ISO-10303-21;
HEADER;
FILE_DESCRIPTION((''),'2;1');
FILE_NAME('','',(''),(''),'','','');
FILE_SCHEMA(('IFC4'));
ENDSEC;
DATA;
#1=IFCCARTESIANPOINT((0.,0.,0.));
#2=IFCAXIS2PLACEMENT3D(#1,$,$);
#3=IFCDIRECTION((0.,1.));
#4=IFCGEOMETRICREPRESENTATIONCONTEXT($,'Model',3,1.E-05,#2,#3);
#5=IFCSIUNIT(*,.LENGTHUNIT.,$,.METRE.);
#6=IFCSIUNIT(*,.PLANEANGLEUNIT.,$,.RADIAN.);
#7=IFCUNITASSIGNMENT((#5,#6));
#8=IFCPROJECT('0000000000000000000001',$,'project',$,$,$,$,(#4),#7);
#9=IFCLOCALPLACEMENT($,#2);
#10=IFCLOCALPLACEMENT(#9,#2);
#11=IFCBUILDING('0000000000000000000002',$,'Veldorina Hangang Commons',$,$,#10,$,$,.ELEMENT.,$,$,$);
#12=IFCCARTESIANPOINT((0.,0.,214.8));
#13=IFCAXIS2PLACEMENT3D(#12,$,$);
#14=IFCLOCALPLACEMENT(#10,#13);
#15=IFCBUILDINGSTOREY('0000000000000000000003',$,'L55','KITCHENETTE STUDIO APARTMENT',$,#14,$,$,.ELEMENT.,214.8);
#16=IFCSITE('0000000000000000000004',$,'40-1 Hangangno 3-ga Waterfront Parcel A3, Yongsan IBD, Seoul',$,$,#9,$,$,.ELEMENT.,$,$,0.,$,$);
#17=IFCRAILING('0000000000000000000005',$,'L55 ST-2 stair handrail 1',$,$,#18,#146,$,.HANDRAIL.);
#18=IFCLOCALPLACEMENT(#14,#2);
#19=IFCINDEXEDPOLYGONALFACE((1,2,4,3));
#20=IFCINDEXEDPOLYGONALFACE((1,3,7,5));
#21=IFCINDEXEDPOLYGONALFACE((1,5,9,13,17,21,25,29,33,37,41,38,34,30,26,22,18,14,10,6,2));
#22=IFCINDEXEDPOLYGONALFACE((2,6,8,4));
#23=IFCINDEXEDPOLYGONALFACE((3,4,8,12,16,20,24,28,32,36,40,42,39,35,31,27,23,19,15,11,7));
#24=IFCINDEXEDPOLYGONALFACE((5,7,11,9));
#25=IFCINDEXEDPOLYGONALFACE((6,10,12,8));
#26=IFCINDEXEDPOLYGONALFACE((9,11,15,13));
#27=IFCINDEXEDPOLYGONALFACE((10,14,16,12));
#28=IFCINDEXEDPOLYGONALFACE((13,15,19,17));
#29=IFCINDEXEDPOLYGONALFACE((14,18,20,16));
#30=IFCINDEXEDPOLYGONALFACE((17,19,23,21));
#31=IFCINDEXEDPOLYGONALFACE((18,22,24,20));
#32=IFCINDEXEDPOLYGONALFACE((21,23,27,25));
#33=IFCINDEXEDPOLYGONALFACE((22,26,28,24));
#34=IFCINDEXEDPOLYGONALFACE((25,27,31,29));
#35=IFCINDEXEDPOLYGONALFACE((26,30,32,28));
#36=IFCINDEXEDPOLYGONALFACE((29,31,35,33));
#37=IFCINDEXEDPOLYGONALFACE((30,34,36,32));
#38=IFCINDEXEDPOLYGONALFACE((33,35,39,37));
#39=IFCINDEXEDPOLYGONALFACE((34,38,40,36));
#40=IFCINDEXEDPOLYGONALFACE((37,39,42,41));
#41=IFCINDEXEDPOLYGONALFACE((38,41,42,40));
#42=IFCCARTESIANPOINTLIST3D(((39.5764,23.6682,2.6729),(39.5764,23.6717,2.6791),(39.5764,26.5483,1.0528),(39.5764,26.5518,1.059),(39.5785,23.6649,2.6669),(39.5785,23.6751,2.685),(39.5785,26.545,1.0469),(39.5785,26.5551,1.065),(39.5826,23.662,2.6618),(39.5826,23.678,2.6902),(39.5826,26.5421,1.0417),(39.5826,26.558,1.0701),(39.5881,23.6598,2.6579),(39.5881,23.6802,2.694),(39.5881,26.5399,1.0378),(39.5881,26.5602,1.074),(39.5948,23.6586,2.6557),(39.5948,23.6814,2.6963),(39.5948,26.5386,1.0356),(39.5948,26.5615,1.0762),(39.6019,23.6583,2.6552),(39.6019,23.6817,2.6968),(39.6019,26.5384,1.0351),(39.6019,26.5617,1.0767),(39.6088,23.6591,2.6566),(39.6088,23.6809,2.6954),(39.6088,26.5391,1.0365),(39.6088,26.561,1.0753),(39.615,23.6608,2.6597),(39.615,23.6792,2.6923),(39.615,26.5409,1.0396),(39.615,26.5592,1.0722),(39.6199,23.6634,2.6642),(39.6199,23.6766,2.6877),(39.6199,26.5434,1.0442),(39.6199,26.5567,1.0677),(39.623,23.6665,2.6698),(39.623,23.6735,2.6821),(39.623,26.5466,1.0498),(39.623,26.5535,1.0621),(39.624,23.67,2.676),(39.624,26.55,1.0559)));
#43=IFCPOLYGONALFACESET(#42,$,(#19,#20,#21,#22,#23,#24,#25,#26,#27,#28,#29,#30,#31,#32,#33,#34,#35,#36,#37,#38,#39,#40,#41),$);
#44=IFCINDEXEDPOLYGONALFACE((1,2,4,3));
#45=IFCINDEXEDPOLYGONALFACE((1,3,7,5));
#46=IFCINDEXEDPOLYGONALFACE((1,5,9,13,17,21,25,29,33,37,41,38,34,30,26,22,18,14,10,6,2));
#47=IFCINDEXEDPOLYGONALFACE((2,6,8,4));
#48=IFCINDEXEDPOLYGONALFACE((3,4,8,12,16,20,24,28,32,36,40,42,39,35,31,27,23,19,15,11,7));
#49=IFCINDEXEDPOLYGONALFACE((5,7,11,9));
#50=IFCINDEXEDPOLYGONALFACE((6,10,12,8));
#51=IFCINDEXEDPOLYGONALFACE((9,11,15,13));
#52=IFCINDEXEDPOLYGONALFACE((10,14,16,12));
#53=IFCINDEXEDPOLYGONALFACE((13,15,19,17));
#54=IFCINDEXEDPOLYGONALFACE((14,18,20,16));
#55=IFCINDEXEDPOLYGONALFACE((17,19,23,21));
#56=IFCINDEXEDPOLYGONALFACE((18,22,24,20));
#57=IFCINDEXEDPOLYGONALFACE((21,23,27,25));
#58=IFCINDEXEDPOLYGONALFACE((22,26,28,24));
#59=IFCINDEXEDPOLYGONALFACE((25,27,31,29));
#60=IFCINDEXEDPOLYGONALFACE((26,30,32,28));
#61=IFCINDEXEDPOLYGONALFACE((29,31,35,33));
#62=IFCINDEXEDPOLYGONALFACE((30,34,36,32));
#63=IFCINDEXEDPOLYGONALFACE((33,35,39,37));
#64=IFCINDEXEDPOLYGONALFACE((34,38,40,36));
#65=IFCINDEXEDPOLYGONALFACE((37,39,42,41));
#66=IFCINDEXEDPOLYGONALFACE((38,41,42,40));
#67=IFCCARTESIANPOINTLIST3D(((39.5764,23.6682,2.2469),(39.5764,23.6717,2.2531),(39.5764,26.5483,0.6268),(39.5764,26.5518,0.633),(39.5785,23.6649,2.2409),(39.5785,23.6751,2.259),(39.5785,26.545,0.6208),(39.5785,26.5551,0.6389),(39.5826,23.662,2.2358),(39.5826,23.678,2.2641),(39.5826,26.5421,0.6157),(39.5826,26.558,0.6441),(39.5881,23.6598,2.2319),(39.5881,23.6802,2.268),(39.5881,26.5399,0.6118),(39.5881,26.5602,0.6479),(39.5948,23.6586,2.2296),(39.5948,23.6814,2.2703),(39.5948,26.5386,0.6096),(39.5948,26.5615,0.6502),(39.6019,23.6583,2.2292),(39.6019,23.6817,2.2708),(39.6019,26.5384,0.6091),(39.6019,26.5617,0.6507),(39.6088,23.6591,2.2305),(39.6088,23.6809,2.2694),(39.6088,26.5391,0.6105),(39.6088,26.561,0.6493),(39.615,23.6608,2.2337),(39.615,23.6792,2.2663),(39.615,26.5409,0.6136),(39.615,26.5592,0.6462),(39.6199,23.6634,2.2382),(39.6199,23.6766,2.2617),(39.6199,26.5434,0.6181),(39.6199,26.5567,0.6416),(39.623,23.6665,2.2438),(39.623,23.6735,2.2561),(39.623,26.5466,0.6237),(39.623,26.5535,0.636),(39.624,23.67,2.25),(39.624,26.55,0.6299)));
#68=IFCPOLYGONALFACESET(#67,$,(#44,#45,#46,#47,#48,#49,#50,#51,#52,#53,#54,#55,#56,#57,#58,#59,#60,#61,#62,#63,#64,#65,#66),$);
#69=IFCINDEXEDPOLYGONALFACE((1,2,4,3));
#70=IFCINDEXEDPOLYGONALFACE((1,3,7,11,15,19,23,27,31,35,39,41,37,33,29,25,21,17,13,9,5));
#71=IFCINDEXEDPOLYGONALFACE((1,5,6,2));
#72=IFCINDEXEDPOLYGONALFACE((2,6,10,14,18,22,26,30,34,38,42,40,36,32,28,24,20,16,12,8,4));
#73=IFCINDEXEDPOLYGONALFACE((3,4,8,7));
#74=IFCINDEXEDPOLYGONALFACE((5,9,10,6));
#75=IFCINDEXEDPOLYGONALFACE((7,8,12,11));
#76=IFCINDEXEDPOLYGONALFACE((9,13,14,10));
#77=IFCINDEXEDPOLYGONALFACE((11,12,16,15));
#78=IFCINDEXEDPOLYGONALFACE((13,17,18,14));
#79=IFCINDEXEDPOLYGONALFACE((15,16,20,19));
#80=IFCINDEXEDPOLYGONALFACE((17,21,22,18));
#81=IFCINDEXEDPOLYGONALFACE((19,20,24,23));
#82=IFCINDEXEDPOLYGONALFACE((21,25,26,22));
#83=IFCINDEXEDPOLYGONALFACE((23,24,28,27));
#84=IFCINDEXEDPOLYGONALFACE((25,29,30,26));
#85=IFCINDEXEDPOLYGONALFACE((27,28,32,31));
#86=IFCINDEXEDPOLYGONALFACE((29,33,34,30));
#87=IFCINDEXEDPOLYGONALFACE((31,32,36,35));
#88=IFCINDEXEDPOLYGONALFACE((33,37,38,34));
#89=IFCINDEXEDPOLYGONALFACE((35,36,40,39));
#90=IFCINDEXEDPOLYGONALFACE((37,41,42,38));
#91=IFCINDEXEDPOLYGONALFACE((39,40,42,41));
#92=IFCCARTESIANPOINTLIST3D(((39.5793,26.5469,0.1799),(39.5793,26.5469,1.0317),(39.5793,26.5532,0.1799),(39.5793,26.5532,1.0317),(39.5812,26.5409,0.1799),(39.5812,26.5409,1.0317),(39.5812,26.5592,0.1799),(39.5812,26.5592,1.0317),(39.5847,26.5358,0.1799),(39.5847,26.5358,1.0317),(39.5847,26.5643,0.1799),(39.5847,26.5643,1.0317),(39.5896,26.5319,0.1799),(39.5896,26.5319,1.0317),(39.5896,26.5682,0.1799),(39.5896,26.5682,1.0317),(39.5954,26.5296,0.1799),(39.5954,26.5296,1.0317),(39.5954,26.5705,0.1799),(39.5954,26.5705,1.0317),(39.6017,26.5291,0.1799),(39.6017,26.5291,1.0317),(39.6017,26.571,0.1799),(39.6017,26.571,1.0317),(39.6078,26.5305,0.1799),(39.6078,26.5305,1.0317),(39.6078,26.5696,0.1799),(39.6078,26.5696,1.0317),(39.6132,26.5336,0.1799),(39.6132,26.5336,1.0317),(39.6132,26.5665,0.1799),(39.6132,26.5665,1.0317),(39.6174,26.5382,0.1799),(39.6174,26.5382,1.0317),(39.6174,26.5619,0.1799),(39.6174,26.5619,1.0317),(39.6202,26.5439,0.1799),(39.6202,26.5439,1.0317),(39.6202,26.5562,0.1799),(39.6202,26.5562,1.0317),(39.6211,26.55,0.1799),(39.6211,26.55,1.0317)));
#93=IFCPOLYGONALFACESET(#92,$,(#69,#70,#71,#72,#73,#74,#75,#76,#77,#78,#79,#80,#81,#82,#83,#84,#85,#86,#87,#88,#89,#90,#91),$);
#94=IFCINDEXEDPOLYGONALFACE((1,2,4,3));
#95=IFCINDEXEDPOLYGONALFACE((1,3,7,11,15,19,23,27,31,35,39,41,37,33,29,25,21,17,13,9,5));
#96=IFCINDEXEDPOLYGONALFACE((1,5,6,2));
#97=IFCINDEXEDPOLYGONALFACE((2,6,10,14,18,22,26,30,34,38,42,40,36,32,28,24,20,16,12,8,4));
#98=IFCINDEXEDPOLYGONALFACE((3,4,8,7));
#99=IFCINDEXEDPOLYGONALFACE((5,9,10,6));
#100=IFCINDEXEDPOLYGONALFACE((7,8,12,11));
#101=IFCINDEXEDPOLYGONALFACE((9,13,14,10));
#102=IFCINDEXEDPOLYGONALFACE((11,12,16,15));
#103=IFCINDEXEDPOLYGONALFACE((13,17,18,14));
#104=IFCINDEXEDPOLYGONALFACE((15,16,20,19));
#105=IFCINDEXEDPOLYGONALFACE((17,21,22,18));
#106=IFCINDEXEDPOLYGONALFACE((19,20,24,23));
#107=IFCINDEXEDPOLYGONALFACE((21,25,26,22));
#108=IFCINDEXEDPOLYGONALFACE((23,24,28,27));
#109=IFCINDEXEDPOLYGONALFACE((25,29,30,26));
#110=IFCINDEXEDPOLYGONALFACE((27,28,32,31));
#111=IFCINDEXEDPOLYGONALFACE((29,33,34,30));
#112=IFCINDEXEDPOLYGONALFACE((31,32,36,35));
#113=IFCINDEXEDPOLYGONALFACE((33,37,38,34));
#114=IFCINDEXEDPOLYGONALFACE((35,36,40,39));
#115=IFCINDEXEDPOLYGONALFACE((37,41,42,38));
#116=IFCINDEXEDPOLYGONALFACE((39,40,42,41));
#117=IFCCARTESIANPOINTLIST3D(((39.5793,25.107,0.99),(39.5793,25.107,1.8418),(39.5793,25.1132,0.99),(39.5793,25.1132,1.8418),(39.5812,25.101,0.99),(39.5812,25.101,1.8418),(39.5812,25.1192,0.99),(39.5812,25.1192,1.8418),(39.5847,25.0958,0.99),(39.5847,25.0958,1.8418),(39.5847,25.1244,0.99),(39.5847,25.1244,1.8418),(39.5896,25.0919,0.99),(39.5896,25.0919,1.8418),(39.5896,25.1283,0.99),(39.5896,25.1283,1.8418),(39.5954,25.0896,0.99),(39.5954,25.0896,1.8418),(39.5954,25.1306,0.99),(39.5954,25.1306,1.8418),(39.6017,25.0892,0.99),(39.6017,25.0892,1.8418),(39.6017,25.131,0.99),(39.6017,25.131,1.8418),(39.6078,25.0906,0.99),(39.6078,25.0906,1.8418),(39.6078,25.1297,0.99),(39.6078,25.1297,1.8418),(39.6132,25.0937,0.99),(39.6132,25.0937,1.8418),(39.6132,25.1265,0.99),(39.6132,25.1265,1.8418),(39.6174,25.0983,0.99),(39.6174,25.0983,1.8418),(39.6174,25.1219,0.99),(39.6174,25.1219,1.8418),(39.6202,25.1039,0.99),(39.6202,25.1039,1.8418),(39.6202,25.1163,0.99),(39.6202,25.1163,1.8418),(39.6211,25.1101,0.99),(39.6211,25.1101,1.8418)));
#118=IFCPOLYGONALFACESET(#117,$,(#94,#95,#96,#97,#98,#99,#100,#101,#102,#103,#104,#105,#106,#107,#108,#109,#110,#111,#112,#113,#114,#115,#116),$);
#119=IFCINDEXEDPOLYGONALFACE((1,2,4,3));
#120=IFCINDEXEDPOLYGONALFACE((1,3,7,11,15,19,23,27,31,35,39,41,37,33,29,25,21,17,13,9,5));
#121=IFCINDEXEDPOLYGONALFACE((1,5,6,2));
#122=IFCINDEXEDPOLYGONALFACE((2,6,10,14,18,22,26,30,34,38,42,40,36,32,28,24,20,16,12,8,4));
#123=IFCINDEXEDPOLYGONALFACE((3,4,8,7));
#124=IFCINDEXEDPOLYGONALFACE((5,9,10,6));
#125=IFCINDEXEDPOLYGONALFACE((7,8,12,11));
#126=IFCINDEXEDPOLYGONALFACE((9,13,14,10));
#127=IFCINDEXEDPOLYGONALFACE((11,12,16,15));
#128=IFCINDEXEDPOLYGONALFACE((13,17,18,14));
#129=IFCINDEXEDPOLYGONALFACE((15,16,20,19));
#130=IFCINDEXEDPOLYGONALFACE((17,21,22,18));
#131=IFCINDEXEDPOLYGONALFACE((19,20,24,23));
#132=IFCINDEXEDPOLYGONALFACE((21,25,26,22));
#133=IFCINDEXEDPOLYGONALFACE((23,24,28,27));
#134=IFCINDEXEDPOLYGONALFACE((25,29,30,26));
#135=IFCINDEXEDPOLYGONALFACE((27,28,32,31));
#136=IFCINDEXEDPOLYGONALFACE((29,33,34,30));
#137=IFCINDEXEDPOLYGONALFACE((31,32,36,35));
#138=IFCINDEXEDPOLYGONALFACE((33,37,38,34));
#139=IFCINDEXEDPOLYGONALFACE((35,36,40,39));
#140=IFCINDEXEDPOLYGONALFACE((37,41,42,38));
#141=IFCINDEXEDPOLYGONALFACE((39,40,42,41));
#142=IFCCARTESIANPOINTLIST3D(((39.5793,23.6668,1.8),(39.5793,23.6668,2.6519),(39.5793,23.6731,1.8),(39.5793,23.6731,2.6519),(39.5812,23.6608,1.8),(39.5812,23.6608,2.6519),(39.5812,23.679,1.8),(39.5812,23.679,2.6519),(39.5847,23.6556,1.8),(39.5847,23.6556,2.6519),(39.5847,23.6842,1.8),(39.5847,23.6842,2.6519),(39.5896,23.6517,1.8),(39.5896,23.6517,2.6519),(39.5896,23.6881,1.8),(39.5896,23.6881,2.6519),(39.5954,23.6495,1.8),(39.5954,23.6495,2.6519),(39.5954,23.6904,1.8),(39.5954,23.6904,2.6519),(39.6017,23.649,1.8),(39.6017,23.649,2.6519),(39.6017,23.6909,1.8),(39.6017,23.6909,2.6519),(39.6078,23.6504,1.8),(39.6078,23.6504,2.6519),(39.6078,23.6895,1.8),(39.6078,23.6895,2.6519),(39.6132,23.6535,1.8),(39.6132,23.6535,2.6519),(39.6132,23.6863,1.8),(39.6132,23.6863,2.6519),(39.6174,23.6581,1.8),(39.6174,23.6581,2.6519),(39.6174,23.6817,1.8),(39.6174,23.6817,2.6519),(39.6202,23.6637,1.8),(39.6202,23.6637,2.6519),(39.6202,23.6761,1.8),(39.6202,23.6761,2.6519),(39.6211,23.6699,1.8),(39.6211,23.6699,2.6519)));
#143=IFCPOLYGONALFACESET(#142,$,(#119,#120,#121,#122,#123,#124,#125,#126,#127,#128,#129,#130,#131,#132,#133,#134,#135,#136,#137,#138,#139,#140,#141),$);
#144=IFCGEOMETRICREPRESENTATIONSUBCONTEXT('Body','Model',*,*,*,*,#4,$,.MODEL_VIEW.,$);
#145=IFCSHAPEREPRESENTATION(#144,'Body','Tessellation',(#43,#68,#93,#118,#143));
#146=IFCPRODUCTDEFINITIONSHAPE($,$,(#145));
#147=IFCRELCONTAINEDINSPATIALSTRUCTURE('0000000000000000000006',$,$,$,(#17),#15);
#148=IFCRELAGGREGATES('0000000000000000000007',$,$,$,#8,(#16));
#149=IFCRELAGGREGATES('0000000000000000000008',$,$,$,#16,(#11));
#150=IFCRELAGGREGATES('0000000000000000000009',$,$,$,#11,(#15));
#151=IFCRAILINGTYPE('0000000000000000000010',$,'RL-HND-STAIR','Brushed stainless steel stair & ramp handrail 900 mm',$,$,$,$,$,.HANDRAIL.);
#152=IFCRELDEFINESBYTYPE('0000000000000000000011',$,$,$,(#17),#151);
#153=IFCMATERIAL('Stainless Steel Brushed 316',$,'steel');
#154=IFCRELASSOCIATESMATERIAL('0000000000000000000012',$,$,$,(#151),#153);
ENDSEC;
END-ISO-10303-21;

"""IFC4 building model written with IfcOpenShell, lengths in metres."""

from ifc_helpers import new_model, si_unit, direction, frame, origin, origin_2d, place, context, subcontext, project, spatial, circle, extrude, material, type_object, element, save


model = new_model("IFC4")

# Units and contexts
model_context = context("Model", 3, precision=1e-05, world=origin(), true_north=direction((0.0, 1.0)))
body_context = subcontext(model_context, "Body", "Model", "MODEL_VIEW")
ifc_project = project(units=[si_unit("LENGTHUNIT", "METRE"), si_unit("PLANEANGLEUNIT", "RADIAN")], contexts=[model_context])

# Site, building, storey
site_placement = place(None, origin())
site = spatial("IfcSite", under=ifc_project, at=site_placement, Name="40-1 Hangangno 3-ga Waterfront Parcel A3, Yongsan IBD, Seoul", CompositionType="ELEMENT", RefElevation=0.0)
building_placement = place(site_placement, origin())
building = spatial("IfcBuilding", under=site, at=building_placement, Name="Veldorina Hangang Commons", CompositionType="ELEMENT")
storey_placement = place(building_placement, frame((0.0, 0.0, 214.8)))
storey = spatial("IfcBuildingStorey", under=building, at=storey_placement, Name="L55", Description="KITCHENETTE STUDIO APARTMENT", CompositionType="ELEMENT", Elevation=214.8)

# Railing
ifc_material_1 = material(Name="Stainless Steel Brushed 316", Category="steel")
railing_type_1 = type_object("IfcRailingType", Name="RL-HND-STAIR", Description="Brushed stainless steel stair & ramp handrail 900 mm", PredefinedType="HANDRAIL", material=ifc_material_1)
railing_1_placement = place(storey_placement, frame((39.6001, 26.55, 0.1799)))
element("IfcRailing", 1, at=railing_1_placement, inside=storey, type_object=railing_type_1, Name="L55 ST-2 stair handrail 1", PredefinedType="HANDRAIL", context=body_context, shape_type="SweptSolid", body=[
    extrude(circle(Radius=0.0239, at=origin_2d()), frame((0.0, 0.0, 0.876), z_axis=(0.0, -0.87157, 0.490272), x_axis=(1.0, 0.0, 0.0)), (0.0, 0.0, 1.0), 3.3044),
    extrude(circle(Radius=0.0239, at=origin_2d()), frame((0.0, 0.0, 0.45), z_axis=(0.0, -0.87157, 0.490272), x_axis=(1.0, 0.0, 0.0)), (0.0, 0.0, 1.0), 3.3044),
    extrude(circle(Radius=0.021, at=origin_2d()), origin(), (0.0, 0.0, 1.0), 0.8518),
    extrude(circle(Radius=0.021, at=origin_2d()), frame((0.0, -1.4399, 0.8101)), (0.0, 0.0, 1.0), 0.8518),
    extrude(circle(Radius=0.021, at=origin_2d()), frame((0.0, -2.8801, 1.6201)), (0.0, 0.0, 1.0), 0.8518),
])

save(model, "model.ifc")
